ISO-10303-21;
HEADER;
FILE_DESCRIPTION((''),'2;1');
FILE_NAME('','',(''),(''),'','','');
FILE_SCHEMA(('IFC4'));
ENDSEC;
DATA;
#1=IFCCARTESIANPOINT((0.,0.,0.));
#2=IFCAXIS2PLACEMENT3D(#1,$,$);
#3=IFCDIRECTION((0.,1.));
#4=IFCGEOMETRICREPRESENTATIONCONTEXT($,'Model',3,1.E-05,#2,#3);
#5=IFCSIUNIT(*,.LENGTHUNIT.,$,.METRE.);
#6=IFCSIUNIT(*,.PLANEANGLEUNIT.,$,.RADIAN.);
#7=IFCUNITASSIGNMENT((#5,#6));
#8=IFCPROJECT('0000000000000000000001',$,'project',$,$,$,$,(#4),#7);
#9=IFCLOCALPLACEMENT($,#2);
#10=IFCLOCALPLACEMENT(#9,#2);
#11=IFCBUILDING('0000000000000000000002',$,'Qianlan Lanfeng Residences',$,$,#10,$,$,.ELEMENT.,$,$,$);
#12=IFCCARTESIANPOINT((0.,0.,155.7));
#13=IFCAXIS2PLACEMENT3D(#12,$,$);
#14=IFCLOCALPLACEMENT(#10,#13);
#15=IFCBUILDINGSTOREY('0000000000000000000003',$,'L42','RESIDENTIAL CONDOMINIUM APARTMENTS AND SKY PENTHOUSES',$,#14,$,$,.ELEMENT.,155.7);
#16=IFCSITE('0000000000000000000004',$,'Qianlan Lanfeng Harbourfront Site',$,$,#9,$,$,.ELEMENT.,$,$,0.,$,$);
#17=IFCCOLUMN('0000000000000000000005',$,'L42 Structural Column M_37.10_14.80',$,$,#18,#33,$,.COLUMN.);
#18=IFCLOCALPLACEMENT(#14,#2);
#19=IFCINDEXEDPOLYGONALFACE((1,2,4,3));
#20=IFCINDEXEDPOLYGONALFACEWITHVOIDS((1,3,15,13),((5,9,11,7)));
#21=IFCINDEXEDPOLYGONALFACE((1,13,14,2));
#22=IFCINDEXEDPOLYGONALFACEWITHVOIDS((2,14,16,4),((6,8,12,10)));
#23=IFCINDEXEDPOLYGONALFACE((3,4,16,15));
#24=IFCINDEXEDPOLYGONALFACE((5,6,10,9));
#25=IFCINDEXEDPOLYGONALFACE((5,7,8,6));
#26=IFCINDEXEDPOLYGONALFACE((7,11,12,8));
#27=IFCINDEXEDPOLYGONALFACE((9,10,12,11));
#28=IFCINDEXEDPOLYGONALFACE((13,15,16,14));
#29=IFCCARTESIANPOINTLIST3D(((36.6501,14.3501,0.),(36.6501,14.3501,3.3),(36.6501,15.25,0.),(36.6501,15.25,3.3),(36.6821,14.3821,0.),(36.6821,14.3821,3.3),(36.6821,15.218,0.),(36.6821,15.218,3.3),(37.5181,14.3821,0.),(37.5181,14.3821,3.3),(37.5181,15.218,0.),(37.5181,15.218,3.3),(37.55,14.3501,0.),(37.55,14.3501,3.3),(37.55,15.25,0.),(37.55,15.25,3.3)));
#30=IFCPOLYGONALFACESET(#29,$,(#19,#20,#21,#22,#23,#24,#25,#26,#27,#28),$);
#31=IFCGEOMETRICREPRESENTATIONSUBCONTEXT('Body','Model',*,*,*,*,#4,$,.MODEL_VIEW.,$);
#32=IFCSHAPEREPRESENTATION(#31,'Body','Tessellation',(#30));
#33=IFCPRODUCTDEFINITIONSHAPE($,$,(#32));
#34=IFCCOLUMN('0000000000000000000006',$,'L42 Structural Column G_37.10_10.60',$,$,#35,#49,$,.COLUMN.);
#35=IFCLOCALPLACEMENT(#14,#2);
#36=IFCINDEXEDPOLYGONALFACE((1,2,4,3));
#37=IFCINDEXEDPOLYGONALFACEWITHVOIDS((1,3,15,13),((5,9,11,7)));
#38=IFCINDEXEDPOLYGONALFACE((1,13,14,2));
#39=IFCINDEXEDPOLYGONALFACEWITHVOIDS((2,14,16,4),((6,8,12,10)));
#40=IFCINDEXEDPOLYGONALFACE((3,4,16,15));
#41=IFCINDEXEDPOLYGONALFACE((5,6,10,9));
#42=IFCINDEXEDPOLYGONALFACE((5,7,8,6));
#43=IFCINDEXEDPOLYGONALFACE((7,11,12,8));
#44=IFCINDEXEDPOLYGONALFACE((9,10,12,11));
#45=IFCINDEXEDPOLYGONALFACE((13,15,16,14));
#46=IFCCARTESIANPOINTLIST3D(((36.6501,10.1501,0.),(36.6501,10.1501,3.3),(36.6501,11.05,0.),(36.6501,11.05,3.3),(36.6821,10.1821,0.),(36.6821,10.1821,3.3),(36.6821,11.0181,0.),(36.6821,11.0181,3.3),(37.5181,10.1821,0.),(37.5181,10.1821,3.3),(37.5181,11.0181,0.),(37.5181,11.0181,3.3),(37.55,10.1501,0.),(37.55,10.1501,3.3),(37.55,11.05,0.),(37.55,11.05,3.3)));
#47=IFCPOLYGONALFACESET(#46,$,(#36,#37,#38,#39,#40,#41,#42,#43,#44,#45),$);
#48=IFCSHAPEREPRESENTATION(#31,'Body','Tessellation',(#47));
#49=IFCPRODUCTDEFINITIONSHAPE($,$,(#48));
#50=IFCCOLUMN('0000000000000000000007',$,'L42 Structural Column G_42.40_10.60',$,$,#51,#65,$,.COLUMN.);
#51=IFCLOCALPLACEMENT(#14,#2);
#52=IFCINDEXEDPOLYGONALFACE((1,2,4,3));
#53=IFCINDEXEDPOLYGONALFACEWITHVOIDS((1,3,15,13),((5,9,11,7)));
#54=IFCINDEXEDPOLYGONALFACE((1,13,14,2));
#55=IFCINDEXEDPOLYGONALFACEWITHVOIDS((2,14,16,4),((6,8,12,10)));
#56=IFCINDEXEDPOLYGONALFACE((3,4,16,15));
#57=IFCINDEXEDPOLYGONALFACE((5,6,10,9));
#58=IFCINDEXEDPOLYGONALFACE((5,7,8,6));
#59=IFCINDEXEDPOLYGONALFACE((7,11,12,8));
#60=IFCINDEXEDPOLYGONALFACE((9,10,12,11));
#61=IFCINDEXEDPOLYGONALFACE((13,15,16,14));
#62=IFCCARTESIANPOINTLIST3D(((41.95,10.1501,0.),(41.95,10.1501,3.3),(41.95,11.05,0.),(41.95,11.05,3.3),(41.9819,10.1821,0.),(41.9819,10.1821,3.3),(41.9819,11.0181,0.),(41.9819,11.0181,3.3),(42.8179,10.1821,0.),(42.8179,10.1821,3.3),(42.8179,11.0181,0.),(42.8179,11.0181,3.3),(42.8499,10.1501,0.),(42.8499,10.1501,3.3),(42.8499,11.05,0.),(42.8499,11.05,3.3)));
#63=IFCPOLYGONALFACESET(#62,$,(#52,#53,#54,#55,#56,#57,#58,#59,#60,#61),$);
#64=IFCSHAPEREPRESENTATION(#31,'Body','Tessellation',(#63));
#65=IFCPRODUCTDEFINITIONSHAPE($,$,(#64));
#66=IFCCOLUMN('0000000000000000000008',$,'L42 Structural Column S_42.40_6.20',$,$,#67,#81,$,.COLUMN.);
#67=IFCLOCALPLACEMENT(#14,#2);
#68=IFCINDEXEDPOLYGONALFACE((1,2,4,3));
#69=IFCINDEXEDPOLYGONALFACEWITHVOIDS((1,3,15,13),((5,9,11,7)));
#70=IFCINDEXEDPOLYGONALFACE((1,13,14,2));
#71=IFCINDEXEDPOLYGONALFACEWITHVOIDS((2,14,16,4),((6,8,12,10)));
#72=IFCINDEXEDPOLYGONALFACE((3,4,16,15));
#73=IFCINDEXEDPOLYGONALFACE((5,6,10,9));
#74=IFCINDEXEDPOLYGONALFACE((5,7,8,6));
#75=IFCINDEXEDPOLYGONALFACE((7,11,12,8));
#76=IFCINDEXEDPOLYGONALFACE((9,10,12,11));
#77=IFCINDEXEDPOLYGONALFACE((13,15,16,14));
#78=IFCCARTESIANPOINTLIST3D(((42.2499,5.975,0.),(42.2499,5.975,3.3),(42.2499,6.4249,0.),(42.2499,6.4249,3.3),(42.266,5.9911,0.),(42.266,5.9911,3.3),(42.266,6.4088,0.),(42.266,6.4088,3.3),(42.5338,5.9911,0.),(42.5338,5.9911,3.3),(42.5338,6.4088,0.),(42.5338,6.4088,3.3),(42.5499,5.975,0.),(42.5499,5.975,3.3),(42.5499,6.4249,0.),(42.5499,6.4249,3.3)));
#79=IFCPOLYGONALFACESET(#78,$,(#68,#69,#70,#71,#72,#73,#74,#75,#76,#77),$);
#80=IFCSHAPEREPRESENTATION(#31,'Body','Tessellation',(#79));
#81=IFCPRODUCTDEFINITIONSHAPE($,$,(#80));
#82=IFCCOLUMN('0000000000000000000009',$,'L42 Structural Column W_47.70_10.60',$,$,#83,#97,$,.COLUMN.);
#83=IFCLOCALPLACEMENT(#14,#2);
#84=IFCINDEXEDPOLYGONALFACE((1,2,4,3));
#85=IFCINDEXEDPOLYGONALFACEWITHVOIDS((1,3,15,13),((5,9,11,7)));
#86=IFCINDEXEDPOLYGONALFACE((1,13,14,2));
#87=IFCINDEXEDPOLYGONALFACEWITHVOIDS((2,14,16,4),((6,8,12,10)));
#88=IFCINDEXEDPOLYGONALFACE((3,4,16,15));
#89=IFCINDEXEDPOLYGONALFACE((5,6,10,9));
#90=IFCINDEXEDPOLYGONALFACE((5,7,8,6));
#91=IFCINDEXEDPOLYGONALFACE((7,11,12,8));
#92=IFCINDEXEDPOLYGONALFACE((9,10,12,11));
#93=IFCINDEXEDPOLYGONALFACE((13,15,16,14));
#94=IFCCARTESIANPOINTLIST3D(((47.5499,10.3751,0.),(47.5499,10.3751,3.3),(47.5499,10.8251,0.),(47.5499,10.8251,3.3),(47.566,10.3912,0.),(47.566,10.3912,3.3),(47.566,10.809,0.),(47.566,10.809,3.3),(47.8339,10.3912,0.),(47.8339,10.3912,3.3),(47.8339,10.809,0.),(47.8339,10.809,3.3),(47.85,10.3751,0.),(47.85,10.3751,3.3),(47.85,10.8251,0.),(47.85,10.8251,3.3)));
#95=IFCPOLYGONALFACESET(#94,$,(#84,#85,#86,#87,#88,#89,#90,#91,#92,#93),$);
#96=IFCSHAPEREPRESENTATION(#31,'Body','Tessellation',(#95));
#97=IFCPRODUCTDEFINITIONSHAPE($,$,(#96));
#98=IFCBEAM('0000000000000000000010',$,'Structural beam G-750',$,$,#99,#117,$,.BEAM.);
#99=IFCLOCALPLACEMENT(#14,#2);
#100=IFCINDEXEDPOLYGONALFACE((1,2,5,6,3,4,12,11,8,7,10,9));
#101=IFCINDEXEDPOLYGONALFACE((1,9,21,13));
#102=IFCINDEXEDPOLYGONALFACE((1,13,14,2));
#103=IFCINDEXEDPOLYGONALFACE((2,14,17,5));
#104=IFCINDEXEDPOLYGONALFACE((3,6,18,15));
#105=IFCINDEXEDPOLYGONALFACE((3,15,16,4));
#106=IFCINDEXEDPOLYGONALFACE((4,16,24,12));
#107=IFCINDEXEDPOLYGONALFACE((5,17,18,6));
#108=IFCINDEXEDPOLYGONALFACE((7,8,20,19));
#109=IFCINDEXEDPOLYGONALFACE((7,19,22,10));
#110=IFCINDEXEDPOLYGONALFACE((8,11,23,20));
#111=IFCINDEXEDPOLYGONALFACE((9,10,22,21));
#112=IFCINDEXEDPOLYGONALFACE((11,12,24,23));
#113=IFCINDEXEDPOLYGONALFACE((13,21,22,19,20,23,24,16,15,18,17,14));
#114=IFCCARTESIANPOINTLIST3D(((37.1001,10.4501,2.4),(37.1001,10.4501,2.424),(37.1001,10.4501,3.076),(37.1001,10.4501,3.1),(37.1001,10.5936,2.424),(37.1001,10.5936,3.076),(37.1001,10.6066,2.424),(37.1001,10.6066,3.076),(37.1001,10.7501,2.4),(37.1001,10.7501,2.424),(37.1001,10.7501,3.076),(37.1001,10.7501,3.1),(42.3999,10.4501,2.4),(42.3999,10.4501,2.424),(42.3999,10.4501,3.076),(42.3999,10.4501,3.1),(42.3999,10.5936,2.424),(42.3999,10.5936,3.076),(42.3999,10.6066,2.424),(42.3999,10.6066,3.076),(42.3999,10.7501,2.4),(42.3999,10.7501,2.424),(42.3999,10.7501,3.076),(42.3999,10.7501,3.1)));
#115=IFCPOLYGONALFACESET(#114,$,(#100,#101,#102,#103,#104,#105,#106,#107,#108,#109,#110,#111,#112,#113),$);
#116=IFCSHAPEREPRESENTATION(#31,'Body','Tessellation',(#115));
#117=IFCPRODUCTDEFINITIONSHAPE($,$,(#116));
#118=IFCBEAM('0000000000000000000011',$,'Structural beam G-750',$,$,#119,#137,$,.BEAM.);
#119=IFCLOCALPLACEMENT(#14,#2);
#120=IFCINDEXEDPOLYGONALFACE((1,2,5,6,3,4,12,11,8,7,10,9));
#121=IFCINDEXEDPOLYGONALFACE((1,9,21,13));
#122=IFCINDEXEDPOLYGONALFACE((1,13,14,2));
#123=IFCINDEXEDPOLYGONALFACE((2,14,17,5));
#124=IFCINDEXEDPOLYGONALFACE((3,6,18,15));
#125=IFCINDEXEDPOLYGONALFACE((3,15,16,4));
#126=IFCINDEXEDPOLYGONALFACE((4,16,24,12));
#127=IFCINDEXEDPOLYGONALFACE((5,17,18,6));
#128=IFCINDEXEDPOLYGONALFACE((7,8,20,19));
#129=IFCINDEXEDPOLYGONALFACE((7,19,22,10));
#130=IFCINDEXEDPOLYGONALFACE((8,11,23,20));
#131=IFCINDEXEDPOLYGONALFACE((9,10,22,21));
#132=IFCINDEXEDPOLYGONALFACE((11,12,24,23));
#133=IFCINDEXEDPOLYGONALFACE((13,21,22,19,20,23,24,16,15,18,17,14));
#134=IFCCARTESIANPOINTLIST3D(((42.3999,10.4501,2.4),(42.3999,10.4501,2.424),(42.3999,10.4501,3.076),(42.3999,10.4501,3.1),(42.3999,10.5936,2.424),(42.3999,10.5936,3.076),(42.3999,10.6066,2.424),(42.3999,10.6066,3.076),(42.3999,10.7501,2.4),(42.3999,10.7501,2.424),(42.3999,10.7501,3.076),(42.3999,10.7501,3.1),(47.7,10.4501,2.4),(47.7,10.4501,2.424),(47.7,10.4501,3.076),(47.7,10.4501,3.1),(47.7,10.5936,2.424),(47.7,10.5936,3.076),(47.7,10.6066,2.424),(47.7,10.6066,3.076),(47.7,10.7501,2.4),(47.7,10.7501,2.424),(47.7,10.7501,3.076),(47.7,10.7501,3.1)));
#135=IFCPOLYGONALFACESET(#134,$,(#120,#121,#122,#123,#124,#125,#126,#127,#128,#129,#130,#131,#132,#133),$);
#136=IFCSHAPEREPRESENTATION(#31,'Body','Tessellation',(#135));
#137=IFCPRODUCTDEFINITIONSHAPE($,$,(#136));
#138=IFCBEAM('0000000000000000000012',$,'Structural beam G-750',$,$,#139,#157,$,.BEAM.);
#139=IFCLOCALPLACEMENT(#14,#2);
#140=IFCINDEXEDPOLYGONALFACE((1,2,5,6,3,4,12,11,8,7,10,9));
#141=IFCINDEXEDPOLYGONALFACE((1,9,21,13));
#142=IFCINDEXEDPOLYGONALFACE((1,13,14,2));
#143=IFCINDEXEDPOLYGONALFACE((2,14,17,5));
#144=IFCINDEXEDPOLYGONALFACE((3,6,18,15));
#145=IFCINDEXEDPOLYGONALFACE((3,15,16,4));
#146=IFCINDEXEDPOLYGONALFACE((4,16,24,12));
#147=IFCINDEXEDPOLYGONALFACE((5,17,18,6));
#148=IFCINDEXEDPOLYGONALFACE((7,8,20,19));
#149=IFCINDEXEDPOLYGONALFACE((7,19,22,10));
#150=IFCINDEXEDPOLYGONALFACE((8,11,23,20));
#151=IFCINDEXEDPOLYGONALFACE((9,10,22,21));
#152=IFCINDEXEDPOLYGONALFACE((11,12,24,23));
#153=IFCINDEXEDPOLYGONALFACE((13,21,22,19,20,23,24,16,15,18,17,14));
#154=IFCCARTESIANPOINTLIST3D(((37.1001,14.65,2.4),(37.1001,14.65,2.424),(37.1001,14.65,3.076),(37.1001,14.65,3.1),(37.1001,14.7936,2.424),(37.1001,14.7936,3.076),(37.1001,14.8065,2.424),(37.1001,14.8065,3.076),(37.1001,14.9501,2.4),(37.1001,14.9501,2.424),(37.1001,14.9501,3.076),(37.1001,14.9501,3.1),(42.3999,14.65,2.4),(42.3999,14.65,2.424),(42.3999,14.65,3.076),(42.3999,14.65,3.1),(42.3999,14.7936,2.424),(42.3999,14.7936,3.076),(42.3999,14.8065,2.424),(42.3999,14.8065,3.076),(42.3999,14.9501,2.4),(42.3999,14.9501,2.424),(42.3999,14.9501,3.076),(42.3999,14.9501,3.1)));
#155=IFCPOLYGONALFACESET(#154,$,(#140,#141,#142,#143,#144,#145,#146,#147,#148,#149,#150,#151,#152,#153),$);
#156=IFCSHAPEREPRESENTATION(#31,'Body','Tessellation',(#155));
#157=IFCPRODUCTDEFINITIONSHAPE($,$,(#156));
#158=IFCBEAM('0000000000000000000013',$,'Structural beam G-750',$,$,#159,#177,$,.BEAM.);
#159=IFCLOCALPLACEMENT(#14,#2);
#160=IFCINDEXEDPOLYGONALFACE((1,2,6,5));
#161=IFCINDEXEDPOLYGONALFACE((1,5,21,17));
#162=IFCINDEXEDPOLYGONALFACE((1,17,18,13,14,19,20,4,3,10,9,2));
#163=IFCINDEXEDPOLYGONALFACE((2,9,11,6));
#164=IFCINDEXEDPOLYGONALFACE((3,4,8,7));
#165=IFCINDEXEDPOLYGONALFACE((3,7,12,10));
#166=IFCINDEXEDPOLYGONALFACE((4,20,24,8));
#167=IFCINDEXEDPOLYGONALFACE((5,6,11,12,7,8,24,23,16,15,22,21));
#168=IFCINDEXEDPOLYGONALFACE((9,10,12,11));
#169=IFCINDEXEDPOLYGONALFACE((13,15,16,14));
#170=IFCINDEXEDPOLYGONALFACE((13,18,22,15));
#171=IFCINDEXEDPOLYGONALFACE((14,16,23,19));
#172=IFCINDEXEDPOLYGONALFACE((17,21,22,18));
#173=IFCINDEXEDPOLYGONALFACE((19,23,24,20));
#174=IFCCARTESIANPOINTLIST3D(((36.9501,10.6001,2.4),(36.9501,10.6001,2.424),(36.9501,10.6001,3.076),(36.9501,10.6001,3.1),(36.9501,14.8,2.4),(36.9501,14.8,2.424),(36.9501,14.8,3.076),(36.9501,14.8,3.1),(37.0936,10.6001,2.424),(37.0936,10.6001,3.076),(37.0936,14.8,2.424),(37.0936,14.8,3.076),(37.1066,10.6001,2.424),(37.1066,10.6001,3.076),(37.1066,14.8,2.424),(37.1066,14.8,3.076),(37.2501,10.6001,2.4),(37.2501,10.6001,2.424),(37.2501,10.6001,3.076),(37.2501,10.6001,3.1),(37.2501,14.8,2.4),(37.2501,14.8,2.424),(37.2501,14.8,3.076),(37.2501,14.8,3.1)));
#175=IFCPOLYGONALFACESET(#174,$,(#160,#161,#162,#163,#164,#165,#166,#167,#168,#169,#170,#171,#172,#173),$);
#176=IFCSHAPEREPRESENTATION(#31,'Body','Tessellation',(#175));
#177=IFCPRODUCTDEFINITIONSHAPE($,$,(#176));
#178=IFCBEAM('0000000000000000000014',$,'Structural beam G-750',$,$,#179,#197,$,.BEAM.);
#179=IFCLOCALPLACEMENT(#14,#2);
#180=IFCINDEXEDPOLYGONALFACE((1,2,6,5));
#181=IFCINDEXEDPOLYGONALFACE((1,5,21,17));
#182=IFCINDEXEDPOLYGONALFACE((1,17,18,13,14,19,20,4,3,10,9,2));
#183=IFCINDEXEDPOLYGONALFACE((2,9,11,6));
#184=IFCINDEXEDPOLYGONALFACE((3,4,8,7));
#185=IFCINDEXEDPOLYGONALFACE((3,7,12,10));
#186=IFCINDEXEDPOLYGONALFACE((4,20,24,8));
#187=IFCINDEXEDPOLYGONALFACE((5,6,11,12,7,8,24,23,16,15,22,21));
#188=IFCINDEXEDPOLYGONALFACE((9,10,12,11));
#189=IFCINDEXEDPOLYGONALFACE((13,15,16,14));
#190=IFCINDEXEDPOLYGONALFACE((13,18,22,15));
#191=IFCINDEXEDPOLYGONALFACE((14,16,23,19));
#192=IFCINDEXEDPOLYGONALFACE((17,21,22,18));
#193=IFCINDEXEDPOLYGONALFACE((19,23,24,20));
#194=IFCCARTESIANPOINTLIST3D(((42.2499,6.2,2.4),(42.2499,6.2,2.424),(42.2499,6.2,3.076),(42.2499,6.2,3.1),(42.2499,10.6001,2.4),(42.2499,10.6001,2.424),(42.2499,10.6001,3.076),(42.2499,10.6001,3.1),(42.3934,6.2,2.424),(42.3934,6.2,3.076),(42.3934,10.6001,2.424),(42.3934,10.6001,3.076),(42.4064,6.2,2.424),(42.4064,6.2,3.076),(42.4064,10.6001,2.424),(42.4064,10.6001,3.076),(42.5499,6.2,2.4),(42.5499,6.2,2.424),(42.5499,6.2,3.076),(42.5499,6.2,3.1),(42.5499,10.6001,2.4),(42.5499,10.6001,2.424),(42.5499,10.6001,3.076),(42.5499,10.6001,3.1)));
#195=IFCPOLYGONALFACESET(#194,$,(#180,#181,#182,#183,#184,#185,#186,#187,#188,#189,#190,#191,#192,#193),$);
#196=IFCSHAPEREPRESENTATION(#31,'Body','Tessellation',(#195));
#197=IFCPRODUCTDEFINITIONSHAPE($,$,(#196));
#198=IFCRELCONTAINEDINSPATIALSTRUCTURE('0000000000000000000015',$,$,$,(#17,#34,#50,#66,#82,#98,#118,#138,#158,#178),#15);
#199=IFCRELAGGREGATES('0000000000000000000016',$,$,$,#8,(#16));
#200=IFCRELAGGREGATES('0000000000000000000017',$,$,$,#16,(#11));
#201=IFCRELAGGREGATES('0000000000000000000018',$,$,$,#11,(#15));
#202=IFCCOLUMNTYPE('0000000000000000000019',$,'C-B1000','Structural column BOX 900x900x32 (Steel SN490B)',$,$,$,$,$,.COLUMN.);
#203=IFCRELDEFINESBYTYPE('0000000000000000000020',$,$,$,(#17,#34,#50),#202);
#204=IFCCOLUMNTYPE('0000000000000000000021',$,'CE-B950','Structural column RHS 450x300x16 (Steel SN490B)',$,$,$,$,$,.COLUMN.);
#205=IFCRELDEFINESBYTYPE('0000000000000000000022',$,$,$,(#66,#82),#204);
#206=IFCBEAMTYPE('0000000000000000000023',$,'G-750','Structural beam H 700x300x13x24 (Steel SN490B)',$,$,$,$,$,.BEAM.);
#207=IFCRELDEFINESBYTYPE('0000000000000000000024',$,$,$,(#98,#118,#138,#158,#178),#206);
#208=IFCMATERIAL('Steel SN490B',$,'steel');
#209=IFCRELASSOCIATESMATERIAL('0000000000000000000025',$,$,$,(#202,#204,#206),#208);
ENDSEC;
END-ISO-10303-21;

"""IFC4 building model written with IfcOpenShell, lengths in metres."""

from ifc_helpers import new_model, si_unit, direction, frame, origin, origin_2d, place, context, subcontext, project, spatial, hollow_rectangle, i_section, extrude, material, material_profile, profile_set, type_object, element, save


model = new_model("IFC4")

# Units and contexts
model_context = context("Model", 3, precision=1e-05, world=origin(), true_north=direction((0.0, 1.0)))
body_context = subcontext(model_context, "Body", "Model", "MODEL_VIEW")
ifc_project = project(units=[si_unit("LENGTHUNIT", "METRE"), si_unit("PLANEANGLEUNIT", "RADIAN")], contexts=[model_context])

# Site, building, storey
site_placement = place(None, origin())
site = spatial("IfcSite", under=ifc_project, at=site_placement, Name="Qianlan Lanfeng Harbourfront Site", CompositionType="ELEMENT", RefElevation=0.0)
building_placement = place(site_placement, origin())
building = spatial("IfcBuilding", under=site, at=building_placement, Name="Qianlan Lanfeng Residences", CompositionType="ELEMENT")
storey_placement = place(building_placement, frame((0.0, 0.0, 155.7)))
storey = spatial("IfcBuildingStorey", under=building, at=storey_placement, Name="L42", Description="RESIDENTIAL CONDOMINIUM APARTMENTS AND SKY PENTHOUSES", CompositionType="ELEMENT", Elevation=155.7)

# Columns
ifc_material_1 = material(Name="Steel SN490B", Category="steel")
ifc_material_profile_1 = material_profile(ifc_material_1, hollow_rectangle(XDim=0.8999, YDim=0.8999, WallThickness=0.032, at=origin_2d()), Name="BOX 900x900x32")
ifc_profile_set_1 = profile_set([ifc_material_profile_1], Name="Steel SN490B")
column_type_1 = type_object("IfcColumnType", Name="C-B1000", Description="Structural column BOX 900x900x32 (Steel SN490B)", PredefinedType="COLUMN", material=ifc_profile_set_1)
for number, where, z_axis, x_axis, name in (
    (1, (37.1001, 14.8, 0.0), (0.0, 0.0, 1.0), (1.0, 0.0, 0.0), "L42 Structural Column M_37.10_14.80"),
    (2, (37.1001, 10.6001, 0.0), (0.0, 0.0, 1.0), (1.0, 0.0, 0.0), "L42 Structural Column G_37.10_10.60"),
    (3, (42.3999, 10.6001, 0.0), (0.0, 0.0, 1.0), (1.0, 0.0, 0.0), "L42 Structural Column G_42.40_10.60"),
):
    element("IfcColumn", number, at=place(storey_placement, frame(where, z_axis=z_axis, x_axis=x_axis)), inside=storey, type_object=column_type_1, Name=name, PredefinedType="COLUMN", context=body_context, shape_type="SweptSolid", body=[
        extrude(hollow_rectangle(XDim=0.8999, YDim=0.8999, WallThickness=0.032, at=origin_2d()), origin(), (0.0, 0.0, 1.0), 3.3),
    ])
ifc_material_profile_2 = material_profile(ifc_material_1, hollow_rectangle(XDim=0.3, YDim=0.45, WallThickness=0.0161, at=origin_2d()), Name="RHS 450x300x16")
ifc_profile_set_2 = profile_set([ifc_material_profile_2], Name="Steel SN490B")
column_type_2 = type_object("IfcColumnType", Name="CE-B950", Description="Structural column RHS 450x300x16 (Steel SN490B)", PredefinedType="COLUMN", material=ifc_profile_set_2)
for number, where, z_axis, x_axis, name in (
    (4, (42.3999, 6.2, 0.0), (0.0, 0.0, 1.0), (1.0, 0.0, 0.0), "L42 Structural Column S_42.40_6.20"),
    (5, (47.7, 10.6001, 0.0), (0.0, 0.0, 1.0), (1.0, 0.0, 0.0), "L42 Structural Column W_47.70_10.60"),
):
    element("IfcColumn", number, at=place(storey_placement, frame(where, z_axis=z_axis, x_axis=x_axis)), inside=storey, type_object=column_type_2, Name=name, PredefinedType="COLUMN", context=body_context, shape_type="SweptSolid", body=[
        extrude(hollow_rectangle(XDim=0.3, YDim=0.45, WallThickness=0.0161, at=origin_2d()), origin(), (0.0, 0.0, 1.0), 3.3),
    ])

# Beams
ifc_material_profile_3 = material_profile(ifc_material_1, i_section(OverallWidth=0.3, OverallDepth=0.7, WebThickness=0.0129, FlangeThickness=0.0239, at=origin_2d()), Name="H 700x300x13x24")
ifc_profile_set_3 = profile_set([ifc_material_profile_3], Name="Steel SN490B")
beam_type_1 = type_object("IfcBeamType", Name="G-750", Description="Structural beam H 700x300x13x24 (Steel SN490B)", PredefinedType="BEAM", material=ifc_profile_set_3)
beam_1_placement = place(storey_placement, frame((37.1001, 10.6001, 2.75), z_axis=(1.0, 0.0, 0.0), x_axis=(0.0, 1.0, 0.0)))
element("IfcBeam", 6, at=beam_1_placement, inside=storey, type_object=beam_type_1, Name="Structural beam G-750", PredefinedType="BEAM", context=body_context, shape_type="SweptSolid", body=[
    extrude(i_section(OverallWidth=0.3, OverallDepth=0.7, WebThickness=0.0129, FlangeThickness=0.0239, at=origin_2d()), origin(), (0.0, 0.0, 1.0), 5.2998),
])
beam_2_placement = place(storey_placement, frame((42.3999, 10.6001, 2.75), z_axis=(1.0, 0.0, 0.0), x_axis=(0.0, 1.0, 0.0)))
element("IfcBeam", 7, at=beam_2_placement, inside=storey, type_object=beam_type_1, Name="Structural beam G-750", PredefinedType="BEAM", context=body_context, shape_type="SweptSolid", body=[
    extrude(i_section(OverallWidth=0.3, OverallDepth=0.7, WebThickness=0.0129, FlangeThickness=0.0239, at=origin_2d()), origin(), (0.0, 0.0, 1.0), 5.3),
])
beam_3_placement = place(storey_placement, frame((37.1001, 14.8, 2.75), z_axis=(1.0, 0.0, 0.0), x_axis=(0.0, 1.0, 0.0)))
element("IfcBeam", 8, at=beam_3_placement, inside=storey, type_object=beam_type_1, Name="Structural beam G-750", PredefinedType="BEAM", context=body_context, shape_type="SweptSolid", body=[
    extrude(i_section(OverallWidth=0.3, OverallDepth=0.7, WebThickness=0.0129, FlangeThickness=0.0239, at=origin_2d()), origin(), (0.0, 0.0, 1.0), 5.2998),
])
beam_4_placement = place(storey_placement, frame((37.1001, 10.6001, 2.75), z_axis=(0.0, 1.0, 0.0), x_axis=(-1.0, 0.0, 0.0)))
element("IfcBeam", 9, at=beam_4_placement, inside=storey, type_object=beam_type_1, Name="Structural beam G-750", PredefinedType="BEAM", context=body_context, shape_type="SweptSolid", body=[
    extrude(i_section(OverallWidth=0.3, OverallDepth=0.7, WebThickness=0.0129, FlangeThickness=0.0239, at=origin_2d()), origin(), (0.0, 0.0, 1.0), 4.2),
])
beam_5_placement = place(storey_placement, frame((42.3999, 6.2, 2.75), z_axis=(0.0, 1.0, 0.0), x_axis=(-1.0, 0.0, 0.0)))
element("IfcBeam", 10, at=beam_5_placement, inside=storey, type_object=beam_type_1, Name="Structural beam G-750", PredefinedType="BEAM", context=body_context, shape_type="SweptSolid", body=[
    extrude(i_section(OverallWidth=0.3, OverallDepth=0.7, WebThickness=0.0129, FlangeThickness=0.0239, at=origin_2d()), origin(), (0.0, 0.0, 1.0), 4.4001),
])

save(model, "model.ifc")
